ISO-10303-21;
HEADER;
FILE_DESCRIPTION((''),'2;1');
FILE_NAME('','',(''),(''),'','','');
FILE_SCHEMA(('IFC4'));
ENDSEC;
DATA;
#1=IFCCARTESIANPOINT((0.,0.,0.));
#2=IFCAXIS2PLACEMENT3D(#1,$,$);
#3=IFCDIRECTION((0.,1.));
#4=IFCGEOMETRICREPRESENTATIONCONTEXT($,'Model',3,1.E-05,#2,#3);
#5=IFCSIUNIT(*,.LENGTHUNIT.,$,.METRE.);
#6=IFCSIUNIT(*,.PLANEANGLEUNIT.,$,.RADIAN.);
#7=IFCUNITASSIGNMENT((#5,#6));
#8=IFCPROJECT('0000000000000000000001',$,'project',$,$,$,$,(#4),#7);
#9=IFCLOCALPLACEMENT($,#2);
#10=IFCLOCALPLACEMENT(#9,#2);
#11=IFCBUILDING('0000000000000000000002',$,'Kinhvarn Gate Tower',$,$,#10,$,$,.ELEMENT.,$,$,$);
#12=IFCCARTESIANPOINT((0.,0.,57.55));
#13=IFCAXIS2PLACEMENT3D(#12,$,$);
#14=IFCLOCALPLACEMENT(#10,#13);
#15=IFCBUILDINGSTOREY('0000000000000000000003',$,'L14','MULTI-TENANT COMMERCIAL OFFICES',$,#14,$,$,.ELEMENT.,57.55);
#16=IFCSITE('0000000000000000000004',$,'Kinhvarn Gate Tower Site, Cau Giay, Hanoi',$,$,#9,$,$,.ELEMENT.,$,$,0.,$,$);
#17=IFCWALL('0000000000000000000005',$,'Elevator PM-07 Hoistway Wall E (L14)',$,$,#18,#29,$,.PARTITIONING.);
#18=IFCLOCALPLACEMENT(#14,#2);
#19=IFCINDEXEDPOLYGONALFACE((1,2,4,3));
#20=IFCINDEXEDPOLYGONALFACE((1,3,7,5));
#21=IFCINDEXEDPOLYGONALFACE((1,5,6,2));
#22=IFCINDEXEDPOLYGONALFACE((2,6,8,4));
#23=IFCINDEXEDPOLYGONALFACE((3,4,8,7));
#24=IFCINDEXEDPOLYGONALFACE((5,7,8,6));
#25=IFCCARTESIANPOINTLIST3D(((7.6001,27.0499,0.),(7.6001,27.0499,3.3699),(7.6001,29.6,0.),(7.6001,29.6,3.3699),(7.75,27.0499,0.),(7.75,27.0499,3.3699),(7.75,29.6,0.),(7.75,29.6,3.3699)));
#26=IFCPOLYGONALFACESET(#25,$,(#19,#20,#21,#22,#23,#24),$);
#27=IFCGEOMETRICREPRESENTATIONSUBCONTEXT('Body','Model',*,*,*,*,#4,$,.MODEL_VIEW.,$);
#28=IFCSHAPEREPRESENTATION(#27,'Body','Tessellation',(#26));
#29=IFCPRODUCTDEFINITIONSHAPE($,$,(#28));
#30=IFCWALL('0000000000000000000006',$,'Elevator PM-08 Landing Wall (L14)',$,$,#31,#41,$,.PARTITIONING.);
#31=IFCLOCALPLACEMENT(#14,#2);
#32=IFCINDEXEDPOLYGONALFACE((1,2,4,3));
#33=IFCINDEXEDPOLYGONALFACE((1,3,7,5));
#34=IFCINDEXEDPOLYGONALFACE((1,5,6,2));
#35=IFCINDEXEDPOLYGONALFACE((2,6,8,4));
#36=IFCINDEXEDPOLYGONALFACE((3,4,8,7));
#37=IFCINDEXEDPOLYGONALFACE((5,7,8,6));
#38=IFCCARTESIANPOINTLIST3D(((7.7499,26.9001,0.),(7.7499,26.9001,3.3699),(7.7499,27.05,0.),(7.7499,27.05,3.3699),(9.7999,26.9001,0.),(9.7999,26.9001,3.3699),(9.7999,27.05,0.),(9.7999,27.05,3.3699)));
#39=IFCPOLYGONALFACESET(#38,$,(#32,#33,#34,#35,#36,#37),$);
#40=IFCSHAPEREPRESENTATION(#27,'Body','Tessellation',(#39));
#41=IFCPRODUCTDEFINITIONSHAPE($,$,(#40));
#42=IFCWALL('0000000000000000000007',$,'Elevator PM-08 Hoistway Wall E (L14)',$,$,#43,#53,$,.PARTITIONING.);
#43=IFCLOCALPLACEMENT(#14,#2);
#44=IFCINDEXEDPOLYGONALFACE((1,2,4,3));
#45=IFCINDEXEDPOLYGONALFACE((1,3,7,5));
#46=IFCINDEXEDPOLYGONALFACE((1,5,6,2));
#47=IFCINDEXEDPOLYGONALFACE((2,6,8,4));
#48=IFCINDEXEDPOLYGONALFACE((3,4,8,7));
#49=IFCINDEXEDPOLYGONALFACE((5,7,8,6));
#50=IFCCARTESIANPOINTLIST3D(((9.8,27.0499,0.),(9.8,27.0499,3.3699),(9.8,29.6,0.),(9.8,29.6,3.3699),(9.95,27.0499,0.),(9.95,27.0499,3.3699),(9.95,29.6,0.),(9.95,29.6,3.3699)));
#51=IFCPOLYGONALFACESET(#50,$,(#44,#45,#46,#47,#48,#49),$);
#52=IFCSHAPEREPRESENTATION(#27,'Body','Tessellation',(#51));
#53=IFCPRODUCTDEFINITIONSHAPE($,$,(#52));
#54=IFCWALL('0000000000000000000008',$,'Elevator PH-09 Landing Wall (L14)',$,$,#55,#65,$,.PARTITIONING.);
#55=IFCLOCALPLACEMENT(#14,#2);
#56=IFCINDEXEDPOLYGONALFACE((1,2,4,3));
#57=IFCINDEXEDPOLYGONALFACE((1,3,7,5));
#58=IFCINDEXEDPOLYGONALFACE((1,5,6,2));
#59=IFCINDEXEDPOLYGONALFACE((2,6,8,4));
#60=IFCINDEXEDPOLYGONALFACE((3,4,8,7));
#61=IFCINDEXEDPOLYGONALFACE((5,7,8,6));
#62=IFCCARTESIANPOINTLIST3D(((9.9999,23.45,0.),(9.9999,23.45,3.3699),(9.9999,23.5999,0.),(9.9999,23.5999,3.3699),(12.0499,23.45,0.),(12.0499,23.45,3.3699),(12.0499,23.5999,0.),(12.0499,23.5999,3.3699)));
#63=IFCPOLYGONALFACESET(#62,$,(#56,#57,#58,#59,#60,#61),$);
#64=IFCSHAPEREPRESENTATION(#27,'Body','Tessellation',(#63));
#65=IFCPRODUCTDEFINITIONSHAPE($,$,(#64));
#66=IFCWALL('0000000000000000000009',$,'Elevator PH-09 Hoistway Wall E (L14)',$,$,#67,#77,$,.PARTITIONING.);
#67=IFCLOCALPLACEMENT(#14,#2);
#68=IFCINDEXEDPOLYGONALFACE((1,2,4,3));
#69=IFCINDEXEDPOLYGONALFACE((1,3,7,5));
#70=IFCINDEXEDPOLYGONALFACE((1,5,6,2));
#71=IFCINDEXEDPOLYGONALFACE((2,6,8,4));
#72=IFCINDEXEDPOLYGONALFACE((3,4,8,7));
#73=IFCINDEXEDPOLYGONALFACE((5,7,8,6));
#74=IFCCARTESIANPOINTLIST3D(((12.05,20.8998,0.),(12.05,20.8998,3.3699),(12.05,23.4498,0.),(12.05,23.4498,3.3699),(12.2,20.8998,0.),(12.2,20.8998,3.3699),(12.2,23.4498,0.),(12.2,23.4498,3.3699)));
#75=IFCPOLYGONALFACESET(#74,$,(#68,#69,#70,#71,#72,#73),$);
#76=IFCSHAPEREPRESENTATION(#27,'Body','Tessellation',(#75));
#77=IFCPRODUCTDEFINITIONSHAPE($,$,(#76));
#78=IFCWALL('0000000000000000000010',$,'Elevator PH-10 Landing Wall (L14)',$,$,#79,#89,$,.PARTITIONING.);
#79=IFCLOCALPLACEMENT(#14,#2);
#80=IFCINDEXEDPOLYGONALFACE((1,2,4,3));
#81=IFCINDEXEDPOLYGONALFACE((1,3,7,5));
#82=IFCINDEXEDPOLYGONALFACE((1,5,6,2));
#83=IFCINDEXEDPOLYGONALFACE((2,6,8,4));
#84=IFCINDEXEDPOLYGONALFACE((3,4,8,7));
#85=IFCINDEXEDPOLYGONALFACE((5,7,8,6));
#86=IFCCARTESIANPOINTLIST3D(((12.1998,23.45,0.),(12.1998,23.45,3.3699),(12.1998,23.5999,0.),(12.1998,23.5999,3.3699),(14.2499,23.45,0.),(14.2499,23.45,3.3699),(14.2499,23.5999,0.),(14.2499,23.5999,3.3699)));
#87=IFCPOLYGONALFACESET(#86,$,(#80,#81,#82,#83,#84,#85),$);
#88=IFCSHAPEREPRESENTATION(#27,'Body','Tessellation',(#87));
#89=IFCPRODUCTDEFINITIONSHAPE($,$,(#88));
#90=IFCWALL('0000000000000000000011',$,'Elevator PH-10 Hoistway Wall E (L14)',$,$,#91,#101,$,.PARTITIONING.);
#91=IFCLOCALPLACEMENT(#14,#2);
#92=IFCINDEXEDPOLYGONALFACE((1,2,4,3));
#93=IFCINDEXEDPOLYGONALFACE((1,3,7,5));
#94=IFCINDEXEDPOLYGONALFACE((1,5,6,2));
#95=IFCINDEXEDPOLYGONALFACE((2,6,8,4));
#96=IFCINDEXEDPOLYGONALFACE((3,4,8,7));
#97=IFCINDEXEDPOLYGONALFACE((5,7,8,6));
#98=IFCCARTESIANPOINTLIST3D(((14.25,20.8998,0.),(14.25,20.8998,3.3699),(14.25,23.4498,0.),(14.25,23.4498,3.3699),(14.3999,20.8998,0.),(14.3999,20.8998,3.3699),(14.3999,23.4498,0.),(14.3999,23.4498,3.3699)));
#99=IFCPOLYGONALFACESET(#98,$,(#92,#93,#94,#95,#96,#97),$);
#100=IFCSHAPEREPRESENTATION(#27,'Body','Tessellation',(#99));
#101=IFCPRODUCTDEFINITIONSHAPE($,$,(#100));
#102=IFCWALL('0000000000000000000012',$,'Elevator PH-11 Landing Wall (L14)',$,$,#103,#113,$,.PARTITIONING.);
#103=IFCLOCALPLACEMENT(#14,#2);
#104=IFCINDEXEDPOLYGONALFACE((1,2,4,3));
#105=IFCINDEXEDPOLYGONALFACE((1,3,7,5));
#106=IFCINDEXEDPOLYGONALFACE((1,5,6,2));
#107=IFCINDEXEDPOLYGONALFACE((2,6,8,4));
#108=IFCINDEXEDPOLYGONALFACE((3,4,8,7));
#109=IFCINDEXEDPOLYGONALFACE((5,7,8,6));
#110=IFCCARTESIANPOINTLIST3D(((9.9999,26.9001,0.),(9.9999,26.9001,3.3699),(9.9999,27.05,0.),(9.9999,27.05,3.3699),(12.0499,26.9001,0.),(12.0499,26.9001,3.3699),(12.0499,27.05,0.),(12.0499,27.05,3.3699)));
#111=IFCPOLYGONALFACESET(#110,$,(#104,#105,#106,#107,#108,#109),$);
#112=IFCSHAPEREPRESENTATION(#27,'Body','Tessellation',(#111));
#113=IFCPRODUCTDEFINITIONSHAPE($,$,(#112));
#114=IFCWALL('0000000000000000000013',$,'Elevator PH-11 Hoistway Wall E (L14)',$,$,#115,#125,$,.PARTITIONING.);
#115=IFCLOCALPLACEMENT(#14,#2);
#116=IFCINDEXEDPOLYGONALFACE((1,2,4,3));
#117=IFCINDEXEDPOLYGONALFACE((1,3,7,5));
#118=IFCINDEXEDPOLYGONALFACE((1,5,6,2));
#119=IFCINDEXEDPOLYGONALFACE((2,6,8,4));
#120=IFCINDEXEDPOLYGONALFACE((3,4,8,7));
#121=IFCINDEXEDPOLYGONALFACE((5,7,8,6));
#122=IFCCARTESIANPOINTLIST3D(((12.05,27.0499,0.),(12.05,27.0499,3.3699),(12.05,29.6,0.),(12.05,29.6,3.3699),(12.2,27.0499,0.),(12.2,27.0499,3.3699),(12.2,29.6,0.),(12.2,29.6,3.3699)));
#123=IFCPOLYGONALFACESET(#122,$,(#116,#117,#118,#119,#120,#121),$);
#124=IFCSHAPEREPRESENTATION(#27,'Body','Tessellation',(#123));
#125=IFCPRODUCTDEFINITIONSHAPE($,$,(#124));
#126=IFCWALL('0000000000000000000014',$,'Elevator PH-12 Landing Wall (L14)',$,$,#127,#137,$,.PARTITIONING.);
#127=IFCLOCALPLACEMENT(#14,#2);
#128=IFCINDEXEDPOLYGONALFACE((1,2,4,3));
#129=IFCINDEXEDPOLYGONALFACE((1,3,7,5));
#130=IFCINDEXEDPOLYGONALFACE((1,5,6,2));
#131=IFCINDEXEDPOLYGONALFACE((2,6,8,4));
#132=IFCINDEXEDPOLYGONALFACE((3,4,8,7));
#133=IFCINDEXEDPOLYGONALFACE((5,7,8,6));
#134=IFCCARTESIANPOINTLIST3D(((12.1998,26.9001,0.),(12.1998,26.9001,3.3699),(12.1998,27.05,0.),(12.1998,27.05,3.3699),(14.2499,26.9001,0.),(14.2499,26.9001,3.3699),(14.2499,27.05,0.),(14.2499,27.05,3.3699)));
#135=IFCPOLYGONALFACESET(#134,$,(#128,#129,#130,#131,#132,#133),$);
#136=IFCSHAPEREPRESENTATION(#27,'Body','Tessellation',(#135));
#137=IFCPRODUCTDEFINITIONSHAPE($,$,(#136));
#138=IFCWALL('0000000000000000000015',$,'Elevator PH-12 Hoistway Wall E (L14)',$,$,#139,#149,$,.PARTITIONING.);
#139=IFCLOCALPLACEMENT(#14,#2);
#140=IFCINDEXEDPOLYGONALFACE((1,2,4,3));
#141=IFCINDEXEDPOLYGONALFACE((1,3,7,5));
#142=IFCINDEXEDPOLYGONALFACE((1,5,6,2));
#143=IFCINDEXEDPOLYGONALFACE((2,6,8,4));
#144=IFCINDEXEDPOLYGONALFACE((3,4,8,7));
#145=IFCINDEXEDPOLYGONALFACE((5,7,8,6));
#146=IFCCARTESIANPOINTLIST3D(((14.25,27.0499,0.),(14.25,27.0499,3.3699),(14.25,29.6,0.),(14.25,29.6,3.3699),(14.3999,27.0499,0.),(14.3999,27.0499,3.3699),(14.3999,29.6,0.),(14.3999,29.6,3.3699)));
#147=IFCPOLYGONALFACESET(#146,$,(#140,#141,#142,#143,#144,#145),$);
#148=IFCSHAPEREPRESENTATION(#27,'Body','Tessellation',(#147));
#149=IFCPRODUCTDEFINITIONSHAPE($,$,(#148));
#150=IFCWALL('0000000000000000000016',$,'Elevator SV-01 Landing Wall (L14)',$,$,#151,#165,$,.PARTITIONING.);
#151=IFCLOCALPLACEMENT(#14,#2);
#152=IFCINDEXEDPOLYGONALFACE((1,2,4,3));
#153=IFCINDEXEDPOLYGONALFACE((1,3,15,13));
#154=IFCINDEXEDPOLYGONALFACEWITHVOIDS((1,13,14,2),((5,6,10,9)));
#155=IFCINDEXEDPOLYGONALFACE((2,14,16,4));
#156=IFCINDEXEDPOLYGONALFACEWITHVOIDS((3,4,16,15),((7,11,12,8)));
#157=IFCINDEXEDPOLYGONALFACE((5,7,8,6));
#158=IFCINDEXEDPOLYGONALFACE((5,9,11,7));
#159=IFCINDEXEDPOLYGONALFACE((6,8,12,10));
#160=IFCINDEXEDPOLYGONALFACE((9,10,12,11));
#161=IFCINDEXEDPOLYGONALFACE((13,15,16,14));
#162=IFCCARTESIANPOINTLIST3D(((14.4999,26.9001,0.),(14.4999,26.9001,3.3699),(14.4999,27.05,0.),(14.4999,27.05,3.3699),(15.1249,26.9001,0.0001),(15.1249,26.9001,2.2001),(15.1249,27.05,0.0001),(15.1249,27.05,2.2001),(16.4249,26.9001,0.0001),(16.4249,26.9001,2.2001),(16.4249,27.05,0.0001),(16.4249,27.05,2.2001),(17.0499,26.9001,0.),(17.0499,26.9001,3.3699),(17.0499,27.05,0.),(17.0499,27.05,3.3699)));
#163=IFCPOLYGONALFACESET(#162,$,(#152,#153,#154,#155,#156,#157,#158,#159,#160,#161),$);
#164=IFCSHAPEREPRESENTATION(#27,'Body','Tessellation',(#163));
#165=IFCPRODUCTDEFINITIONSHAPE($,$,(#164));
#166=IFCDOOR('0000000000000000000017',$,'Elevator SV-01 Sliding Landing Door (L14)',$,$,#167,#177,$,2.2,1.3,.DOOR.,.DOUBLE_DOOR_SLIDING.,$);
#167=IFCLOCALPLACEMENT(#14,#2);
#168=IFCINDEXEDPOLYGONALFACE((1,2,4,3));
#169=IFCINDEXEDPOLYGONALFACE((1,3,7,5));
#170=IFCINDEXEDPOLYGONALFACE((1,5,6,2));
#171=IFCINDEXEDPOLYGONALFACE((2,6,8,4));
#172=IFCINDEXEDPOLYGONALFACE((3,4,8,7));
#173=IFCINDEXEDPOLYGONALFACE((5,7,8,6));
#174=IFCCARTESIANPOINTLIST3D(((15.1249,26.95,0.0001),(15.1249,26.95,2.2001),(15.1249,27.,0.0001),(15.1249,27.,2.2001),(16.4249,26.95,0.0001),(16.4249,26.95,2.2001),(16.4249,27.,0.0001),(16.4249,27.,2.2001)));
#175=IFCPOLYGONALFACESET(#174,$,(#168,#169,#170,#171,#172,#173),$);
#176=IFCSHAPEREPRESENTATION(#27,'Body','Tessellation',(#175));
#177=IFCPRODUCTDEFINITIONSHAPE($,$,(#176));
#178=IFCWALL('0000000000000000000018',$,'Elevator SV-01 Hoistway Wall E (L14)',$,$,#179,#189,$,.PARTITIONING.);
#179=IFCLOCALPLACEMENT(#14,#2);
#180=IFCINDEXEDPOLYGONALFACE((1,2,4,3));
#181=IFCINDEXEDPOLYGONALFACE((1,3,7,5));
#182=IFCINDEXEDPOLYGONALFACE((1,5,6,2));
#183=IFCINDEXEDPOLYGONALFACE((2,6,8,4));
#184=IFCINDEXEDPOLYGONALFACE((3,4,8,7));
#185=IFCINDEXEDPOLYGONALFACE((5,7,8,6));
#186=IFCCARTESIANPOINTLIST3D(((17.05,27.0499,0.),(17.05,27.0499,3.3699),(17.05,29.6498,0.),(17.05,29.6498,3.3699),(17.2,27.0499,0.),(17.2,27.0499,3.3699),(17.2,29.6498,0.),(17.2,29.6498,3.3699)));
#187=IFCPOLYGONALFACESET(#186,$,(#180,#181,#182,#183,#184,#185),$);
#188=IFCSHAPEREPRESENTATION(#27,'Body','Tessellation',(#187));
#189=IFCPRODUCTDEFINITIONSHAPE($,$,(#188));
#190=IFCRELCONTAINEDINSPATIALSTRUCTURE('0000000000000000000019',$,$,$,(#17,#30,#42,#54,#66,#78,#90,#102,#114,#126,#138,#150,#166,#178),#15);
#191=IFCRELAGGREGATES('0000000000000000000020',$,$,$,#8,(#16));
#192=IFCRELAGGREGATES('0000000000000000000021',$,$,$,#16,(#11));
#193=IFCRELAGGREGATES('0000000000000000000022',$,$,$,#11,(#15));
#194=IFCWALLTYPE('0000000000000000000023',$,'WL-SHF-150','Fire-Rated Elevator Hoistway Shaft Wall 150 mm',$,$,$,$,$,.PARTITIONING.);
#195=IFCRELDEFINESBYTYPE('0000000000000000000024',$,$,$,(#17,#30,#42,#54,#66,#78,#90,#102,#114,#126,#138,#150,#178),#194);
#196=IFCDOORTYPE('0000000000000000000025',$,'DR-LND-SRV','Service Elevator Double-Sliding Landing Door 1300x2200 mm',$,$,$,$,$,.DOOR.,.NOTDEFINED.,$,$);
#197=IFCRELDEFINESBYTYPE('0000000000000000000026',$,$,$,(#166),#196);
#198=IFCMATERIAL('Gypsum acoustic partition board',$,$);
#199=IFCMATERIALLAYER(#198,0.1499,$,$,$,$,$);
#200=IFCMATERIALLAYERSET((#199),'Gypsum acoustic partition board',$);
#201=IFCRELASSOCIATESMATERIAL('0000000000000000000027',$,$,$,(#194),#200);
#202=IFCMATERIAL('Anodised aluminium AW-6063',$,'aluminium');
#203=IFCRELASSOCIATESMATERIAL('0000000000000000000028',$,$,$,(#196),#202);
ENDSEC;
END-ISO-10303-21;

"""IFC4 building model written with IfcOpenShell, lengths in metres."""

from ifc_helpers import new_model, si_unit, direction, frame, frame_2d, origin, place, context, subcontext, project, spatial, rectangle, extrude, material, layer, layer_set, type_object, element, fill, save


model = new_model("IFC4")

# Units and contexts
model_context = context("Model", 3, precision=1e-05, world=origin(), true_north=direction((0.0, 1.0)))
body_context = subcontext(model_context, "Body", "Model", "MODEL_VIEW")
ifc_project = project(units=[si_unit("LENGTHUNIT", "METRE"), si_unit("PLANEANGLEUNIT", "RADIAN")], contexts=[model_context])

# Site, building, storey
site_placement = place(None, origin())
site = spatial("IfcSite", under=ifc_project, at=site_placement, Name="Kinhvarn Gate Tower Site, Cau Giay, Hanoi", CompositionType="ELEMENT", RefElevation=0.0)
building_placement = place(site_placement, origin())
building = spatial("IfcBuilding", under=site, at=building_placement, Name="Kinhvarn Gate Tower", CompositionType="ELEMENT")
storey_placement = place(building_placement, frame((0.0, 0.0, 57.55)))
storey = spatial("IfcBuildingStorey", under=building, at=storey_placement, Name="L14", Description="MULTI-TENANT COMMERCIAL OFFICES", CompositionType="ELEMENT", Elevation=57.55)

# Shared definitions
ifc_material_1 = material(Name="Anodised aluminium AW-6063", Category="aluminium")
ifc_material_2 = material(Name="Gypsum acoustic partition board")

# Walls
ifc_layer_1 = layer(ifc_material_2, 0.1499)
ifc_layer_set_1 = layer_set([ifc_layer_1], Name="Gypsum acoustic partition board")
wall_type_1 = type_object("IfcWallType", Name="WL-SHF-150", Description="Fire-Rated Elevator Hoistway Shaft Wall 150 mm", PredefinedType="PARTITIONING", material=ifc_layer_set_1)
for number, where, z_axis, x_axis, name in (
    (1, (7.675, 27.05, 0.0), (0.0, 0.0, 1.0), (0.0, 1.0, 0.0), "Elevator PM-07 Hoistway Wall E (L14)"),
):
    element("IfcWall", number, at=place(storey_placement, frame(where, z_axis=z_axis, x_axis=x_axis)), inside=storey, type_object=wall_type_1, Name=name, PredefinedType="PARTITIONING", context=body_context, shape_type="SweptSolid", body=[
        extrude(rectangle(XDim=2.55, YDim=0.1499, at=frame_2d((1.2749, 0.0))), origin(), (0.0, 0.0, 1.0), 3.3699),
    ])
wall_1_placement = place(storey_placement, frame((7.75, 26.9751, 0.0), z_axis=(0.0, 0.0, 1.0), x_axis=(1.0, 0.0, 0.0)))
element("IfcWall", 2, at=wall_1_placement, inside=storey, type_object=wall_type_1, Name="Elevator PM-08 Landing Wall (L14)", PredefinedType="PARTITIONING", context=body_context, shape_type="SweptSolid", body=[
    extrude(rectangle(XDim=2.05, YDim=0.1499, at=frame_2d((1.0249, 0.0))), origin(), (0.0, 0.0, 1.0), 3.3699),
])
wall_2_placement = place(storey_placement, frame((9.875, 27.05, 0.0), z_axis=(0.0, 0.0, 1.0), x_axis=(0.0, 1.0, 0.0)))
element("IfcWall", 3, at=wall_2_placement, inside=storey, type_object=wall_type_1, Name="Elevator PM-08 Hoistway Wall E (L14)", PredefinedType="PARTITIONING", context=body_context, shape_type="SweptSolid", body=[
    extrude(rectangle(XDim=2.55, YDim=0.1499, at=frame_2d((1.2749, 0.0))), origin(), (0.0, 0.0, 1.0), 3.3699),
])
wall_3_placement = place(storey_placement, frame((10.0, 23.5249, 0.0), z_axis=(0.0, 0.0, 1.0), x_axis=(1.0, 0.0, 0.0)))
element("IfcWall", 4, at=wall_3_placement, inside=storey, type_object=wall_type_1, Name="Elevator PH-09 Landing Wall (L14)", PredefinedType="PARTITIONING", context=body_context, shape_type="SweptSolid", body=[
    extrude(rectangle(XDim=2.05, YDim=0.1499, at=frame_2d((1.0249, 0.0))), origin(), (0.0, 0.0, 1.0), 3.3699),
])
wall_4_placement = place(storey_placement, frame((12.125, 20.8999, 0.0), z_axis=(0.0, 0.0, 1.0), x_axis=(0.0, 1.0, 0.0)))
element("IfcWall", 5, at=wall_4_placement, inside=storey, type_object=wall_type_1, Name="Elevator PH-09 Hoistway Wall E (L14)", PredefinedType="PARTITIONING", context=body_context, shape_type="SweptSolid", body=[
    extrude(rectangle(XDim=2.55, YDim=0.1499, at=frame_2d((1.2749, 0.0))), origin(), (0.0, 0.0, 1.0), 3.3699),
])
wall_5_placement = place(storey_placement, frame((12.2, 23.5249, 0.0), z_axis=(0.0, 0.0, 1.0), x_axis=(1.0, 0.0, 0.0)))
element("IfcWall", 6, at=wall_5_placement, inside=storey, type_object=wall_type_1, Name="Elevator PH-10 Landing Wall (L14)", PredefinedType="PARTITIONING", context=body_context, shape_type="SweptSolid", body=[
    extrude(rectangle(XDim=2.05, YDim=0.1499, at=frame_2d((1.0249, 0.0))), origin(), (0.0, 0.0, 1.0), 3.3699),
])
wall_6_placement = place(storey_placement, frame((14.325, 20.8999, 0.0), z_axis=(0.0, 0.0, 1.0), x_axis=(0.0, 1.0, 0.0)))
element("IfcWall", 7, at=wall_6_placement, inside=storey, type_object=wall_type_1, Name="Elevator PH-10 Hoistway Wall E (L14)", PredefinedType="PARTITIONING", context=body_context, shape_type="SweptSolid", body=[
    extrude(rectangle(XDim=2.55, YDim=0.1499, at=frame_2d((1.2749, 0.0))), origin(), (0.0, 0.0, 1.0), 3.3699),
])
wall_7_placement = place(storey_placement, frame((10.0, 26.9751, 0.0), z_axis=(0.0, 0.0, 1.0), x_axis=(1.0, 0.0, 0.0)))
element("IfcWall", 8, at=wall_7_placement, inside=storey, type_object=wall_type_1, Name="Elevator PH-11 Landing Wall (L14)", PredefinedType="PARTITIONING", context=body_context, shape_type="SweptSolid", body=[
    extrude(rectangle(XDim=2.05, YDim=0.1499, at=frame_2d((1.0249, 0.0))), origin(), (0.0, 0.0, 1.0), 3.3699),
])
wall_8_placement = place(storey_placement, frame((12.125, 27.05, 0.0), z_axis=(0.0, 0.0, 1.0), x_axis=(0.0, 1.0, 0.0)))
element("IfcWall", 9, at=wall_8_placement, inside=storey, type_object=wall_type_1, Name="Elevator PH-11 Hoistway Wall E (L14)", PredefinedType="PARTITIONING", context=body_context, shape_type="SweptSolid", body=[
    extrude(rectangle(XDim=2.55, YDim=0.1499, at=frame_2d((1.2749, 0.0))), origin(), (0.0, 0.0, 1.0), 3.3699),
])
wall_9_placement = place(storey_placement, frame((12.2, 26.9751, 0.0), z_axis=(0.0, 0.0, 1.0), x_axis=(1.0, 0.0, 0.0)))
element("IfcWall", 10, at=wall_9_placement, inside=storey, type_object=wall_type_1, Name="Elevator PH-12 Landing Wall (L14)", PredefinedType="PARTITIONING", context=body_context, shape_type="SweptSolid", body=[
    extrude(rectangle(XDim=2.05, YDim=0.1499, at=frame_2d((1.0249, 0.0))), origin(), (0.0, 0.0, 1.0), 3.3699),
])
wall_10_placement = place(storey_placement, frame((14.325, 27.05, 0.0), z_axis=(0.0, 0.0, 1.0), x_axis=(0.0, 1.0, 0.0)))
element("IfcWall", 11, at=wall_10_placement, inside=storey, type_object=wall_type_1, Name="Elevator PH-12 Hoistway Wall E (L14)", PredefinedType="PARTITIONING", context=body_context, shape_type="SweptSolid", body=[
    extrude(rectangle(XDim=2.55, YDim=0.1499, at=frame_2d((1.2749, 0.0))), origin(), (0.0, 0.0, 1.0), 3.3699),
])

# Wall, opening, door
wall_11_placement = place(storey_placement, frame((14.5, 26.9751, 0.0), z_axis=(0.0, 0.0, 1.0), x_axis=(1.0, 0.0, 0.0)))
wall_11 = element("IfcWall", 12, at=wall_11_placement, inside=storey, type_object=wall_type_1, Name="Elevator SV-01 Landing Wall (L14)", PredefinedType="PARTITIONING", context=body_context, shape_type="SweptSolid", body=[
    extrude(rectangle(XDim=2.55, YDim=0.1499, at=frame_2d((1.2749, 0.0))), origin(), (0.0, 0.0, 1.0), 3.3699),
])
opening_1_placement = place(wall_11_placement, frame((0.625, 0.0, 0.0)))
opening_1 = element("IfcOpeningElement", 13, at=opening_1_placement, cuts=wall_11, PredefinedType="OPENING", context=body_context, shape_type="SweptSolid", body=[
    extrude(rectangle(XDim=1.3, YDim=2.2, at=frame_2d((0.6499, 1.1001))), frame((0.0, 0.085, 0.0), z_axis=(0.0, -1.0, 0.0), x_axis=(1.0, 0.0, 0.0)), (0.0, 0.0, 1.0), 0.1699),
])
door_type_1 = type_object("IfcDoorType", Name="DR-LND-SRV", Description="Service Elevator Double-Sliding Landing Door 1300x2200 mm", OperationType="NOTDEFINED", PredefinedType="DOOR", material=ifc_material_1)
door_1_placement = place(opening_1_placement, origin())
door_1 = element("IfcDoor", 14, at=door_1_placement, inside=storey, type_object=door_type_1, Name="Elevator SV-01 Sliding Landing Door (L14)", OperationType="DOUBLE_DOOR_SLIDING", OverallHeight=2.2, OverallWidth=1.3, PredefinedType="DOOR", context=body_context, shape_type="SweptSolid", body=[
    extrude(rectangle(XDim=1.3, YDim=2.2, at=frame_2d((0.6499, 1.1001))), frame((0.0, 0.0249, 0.0), z_axis=(0.0, -1.0, 0.0), x_axis=(1.0, 0.0, 0.0)), (0.0, 0.0, 1.0), 0.05),
])
fill(opening_1, door_1)

# Wall
wall_12_placement = place(storey_placement, frame((17.125, 27.05, 0.0), z_axis=(0.0, 0.0, 1.0), x_axis=(0.0, 1.0, 0.0)))
element("IfcWall", 15, at=wall_12_placement, inside=storey, type_object=wall_type_1, Name="Elevator SV-01 Hoistway Wall E (L14)", PredefinedType="PARTITIONING", context=body_context, shape_type="SweptSolid", body=[
    extrude(rectangle(XDim=2.5999, YDim=0.1499, at=frame_2d((1.2998, 0.0))), origin(), (0.0, 0.0, 1.0), 3.3699),
])

save(model, "model.ifc")
